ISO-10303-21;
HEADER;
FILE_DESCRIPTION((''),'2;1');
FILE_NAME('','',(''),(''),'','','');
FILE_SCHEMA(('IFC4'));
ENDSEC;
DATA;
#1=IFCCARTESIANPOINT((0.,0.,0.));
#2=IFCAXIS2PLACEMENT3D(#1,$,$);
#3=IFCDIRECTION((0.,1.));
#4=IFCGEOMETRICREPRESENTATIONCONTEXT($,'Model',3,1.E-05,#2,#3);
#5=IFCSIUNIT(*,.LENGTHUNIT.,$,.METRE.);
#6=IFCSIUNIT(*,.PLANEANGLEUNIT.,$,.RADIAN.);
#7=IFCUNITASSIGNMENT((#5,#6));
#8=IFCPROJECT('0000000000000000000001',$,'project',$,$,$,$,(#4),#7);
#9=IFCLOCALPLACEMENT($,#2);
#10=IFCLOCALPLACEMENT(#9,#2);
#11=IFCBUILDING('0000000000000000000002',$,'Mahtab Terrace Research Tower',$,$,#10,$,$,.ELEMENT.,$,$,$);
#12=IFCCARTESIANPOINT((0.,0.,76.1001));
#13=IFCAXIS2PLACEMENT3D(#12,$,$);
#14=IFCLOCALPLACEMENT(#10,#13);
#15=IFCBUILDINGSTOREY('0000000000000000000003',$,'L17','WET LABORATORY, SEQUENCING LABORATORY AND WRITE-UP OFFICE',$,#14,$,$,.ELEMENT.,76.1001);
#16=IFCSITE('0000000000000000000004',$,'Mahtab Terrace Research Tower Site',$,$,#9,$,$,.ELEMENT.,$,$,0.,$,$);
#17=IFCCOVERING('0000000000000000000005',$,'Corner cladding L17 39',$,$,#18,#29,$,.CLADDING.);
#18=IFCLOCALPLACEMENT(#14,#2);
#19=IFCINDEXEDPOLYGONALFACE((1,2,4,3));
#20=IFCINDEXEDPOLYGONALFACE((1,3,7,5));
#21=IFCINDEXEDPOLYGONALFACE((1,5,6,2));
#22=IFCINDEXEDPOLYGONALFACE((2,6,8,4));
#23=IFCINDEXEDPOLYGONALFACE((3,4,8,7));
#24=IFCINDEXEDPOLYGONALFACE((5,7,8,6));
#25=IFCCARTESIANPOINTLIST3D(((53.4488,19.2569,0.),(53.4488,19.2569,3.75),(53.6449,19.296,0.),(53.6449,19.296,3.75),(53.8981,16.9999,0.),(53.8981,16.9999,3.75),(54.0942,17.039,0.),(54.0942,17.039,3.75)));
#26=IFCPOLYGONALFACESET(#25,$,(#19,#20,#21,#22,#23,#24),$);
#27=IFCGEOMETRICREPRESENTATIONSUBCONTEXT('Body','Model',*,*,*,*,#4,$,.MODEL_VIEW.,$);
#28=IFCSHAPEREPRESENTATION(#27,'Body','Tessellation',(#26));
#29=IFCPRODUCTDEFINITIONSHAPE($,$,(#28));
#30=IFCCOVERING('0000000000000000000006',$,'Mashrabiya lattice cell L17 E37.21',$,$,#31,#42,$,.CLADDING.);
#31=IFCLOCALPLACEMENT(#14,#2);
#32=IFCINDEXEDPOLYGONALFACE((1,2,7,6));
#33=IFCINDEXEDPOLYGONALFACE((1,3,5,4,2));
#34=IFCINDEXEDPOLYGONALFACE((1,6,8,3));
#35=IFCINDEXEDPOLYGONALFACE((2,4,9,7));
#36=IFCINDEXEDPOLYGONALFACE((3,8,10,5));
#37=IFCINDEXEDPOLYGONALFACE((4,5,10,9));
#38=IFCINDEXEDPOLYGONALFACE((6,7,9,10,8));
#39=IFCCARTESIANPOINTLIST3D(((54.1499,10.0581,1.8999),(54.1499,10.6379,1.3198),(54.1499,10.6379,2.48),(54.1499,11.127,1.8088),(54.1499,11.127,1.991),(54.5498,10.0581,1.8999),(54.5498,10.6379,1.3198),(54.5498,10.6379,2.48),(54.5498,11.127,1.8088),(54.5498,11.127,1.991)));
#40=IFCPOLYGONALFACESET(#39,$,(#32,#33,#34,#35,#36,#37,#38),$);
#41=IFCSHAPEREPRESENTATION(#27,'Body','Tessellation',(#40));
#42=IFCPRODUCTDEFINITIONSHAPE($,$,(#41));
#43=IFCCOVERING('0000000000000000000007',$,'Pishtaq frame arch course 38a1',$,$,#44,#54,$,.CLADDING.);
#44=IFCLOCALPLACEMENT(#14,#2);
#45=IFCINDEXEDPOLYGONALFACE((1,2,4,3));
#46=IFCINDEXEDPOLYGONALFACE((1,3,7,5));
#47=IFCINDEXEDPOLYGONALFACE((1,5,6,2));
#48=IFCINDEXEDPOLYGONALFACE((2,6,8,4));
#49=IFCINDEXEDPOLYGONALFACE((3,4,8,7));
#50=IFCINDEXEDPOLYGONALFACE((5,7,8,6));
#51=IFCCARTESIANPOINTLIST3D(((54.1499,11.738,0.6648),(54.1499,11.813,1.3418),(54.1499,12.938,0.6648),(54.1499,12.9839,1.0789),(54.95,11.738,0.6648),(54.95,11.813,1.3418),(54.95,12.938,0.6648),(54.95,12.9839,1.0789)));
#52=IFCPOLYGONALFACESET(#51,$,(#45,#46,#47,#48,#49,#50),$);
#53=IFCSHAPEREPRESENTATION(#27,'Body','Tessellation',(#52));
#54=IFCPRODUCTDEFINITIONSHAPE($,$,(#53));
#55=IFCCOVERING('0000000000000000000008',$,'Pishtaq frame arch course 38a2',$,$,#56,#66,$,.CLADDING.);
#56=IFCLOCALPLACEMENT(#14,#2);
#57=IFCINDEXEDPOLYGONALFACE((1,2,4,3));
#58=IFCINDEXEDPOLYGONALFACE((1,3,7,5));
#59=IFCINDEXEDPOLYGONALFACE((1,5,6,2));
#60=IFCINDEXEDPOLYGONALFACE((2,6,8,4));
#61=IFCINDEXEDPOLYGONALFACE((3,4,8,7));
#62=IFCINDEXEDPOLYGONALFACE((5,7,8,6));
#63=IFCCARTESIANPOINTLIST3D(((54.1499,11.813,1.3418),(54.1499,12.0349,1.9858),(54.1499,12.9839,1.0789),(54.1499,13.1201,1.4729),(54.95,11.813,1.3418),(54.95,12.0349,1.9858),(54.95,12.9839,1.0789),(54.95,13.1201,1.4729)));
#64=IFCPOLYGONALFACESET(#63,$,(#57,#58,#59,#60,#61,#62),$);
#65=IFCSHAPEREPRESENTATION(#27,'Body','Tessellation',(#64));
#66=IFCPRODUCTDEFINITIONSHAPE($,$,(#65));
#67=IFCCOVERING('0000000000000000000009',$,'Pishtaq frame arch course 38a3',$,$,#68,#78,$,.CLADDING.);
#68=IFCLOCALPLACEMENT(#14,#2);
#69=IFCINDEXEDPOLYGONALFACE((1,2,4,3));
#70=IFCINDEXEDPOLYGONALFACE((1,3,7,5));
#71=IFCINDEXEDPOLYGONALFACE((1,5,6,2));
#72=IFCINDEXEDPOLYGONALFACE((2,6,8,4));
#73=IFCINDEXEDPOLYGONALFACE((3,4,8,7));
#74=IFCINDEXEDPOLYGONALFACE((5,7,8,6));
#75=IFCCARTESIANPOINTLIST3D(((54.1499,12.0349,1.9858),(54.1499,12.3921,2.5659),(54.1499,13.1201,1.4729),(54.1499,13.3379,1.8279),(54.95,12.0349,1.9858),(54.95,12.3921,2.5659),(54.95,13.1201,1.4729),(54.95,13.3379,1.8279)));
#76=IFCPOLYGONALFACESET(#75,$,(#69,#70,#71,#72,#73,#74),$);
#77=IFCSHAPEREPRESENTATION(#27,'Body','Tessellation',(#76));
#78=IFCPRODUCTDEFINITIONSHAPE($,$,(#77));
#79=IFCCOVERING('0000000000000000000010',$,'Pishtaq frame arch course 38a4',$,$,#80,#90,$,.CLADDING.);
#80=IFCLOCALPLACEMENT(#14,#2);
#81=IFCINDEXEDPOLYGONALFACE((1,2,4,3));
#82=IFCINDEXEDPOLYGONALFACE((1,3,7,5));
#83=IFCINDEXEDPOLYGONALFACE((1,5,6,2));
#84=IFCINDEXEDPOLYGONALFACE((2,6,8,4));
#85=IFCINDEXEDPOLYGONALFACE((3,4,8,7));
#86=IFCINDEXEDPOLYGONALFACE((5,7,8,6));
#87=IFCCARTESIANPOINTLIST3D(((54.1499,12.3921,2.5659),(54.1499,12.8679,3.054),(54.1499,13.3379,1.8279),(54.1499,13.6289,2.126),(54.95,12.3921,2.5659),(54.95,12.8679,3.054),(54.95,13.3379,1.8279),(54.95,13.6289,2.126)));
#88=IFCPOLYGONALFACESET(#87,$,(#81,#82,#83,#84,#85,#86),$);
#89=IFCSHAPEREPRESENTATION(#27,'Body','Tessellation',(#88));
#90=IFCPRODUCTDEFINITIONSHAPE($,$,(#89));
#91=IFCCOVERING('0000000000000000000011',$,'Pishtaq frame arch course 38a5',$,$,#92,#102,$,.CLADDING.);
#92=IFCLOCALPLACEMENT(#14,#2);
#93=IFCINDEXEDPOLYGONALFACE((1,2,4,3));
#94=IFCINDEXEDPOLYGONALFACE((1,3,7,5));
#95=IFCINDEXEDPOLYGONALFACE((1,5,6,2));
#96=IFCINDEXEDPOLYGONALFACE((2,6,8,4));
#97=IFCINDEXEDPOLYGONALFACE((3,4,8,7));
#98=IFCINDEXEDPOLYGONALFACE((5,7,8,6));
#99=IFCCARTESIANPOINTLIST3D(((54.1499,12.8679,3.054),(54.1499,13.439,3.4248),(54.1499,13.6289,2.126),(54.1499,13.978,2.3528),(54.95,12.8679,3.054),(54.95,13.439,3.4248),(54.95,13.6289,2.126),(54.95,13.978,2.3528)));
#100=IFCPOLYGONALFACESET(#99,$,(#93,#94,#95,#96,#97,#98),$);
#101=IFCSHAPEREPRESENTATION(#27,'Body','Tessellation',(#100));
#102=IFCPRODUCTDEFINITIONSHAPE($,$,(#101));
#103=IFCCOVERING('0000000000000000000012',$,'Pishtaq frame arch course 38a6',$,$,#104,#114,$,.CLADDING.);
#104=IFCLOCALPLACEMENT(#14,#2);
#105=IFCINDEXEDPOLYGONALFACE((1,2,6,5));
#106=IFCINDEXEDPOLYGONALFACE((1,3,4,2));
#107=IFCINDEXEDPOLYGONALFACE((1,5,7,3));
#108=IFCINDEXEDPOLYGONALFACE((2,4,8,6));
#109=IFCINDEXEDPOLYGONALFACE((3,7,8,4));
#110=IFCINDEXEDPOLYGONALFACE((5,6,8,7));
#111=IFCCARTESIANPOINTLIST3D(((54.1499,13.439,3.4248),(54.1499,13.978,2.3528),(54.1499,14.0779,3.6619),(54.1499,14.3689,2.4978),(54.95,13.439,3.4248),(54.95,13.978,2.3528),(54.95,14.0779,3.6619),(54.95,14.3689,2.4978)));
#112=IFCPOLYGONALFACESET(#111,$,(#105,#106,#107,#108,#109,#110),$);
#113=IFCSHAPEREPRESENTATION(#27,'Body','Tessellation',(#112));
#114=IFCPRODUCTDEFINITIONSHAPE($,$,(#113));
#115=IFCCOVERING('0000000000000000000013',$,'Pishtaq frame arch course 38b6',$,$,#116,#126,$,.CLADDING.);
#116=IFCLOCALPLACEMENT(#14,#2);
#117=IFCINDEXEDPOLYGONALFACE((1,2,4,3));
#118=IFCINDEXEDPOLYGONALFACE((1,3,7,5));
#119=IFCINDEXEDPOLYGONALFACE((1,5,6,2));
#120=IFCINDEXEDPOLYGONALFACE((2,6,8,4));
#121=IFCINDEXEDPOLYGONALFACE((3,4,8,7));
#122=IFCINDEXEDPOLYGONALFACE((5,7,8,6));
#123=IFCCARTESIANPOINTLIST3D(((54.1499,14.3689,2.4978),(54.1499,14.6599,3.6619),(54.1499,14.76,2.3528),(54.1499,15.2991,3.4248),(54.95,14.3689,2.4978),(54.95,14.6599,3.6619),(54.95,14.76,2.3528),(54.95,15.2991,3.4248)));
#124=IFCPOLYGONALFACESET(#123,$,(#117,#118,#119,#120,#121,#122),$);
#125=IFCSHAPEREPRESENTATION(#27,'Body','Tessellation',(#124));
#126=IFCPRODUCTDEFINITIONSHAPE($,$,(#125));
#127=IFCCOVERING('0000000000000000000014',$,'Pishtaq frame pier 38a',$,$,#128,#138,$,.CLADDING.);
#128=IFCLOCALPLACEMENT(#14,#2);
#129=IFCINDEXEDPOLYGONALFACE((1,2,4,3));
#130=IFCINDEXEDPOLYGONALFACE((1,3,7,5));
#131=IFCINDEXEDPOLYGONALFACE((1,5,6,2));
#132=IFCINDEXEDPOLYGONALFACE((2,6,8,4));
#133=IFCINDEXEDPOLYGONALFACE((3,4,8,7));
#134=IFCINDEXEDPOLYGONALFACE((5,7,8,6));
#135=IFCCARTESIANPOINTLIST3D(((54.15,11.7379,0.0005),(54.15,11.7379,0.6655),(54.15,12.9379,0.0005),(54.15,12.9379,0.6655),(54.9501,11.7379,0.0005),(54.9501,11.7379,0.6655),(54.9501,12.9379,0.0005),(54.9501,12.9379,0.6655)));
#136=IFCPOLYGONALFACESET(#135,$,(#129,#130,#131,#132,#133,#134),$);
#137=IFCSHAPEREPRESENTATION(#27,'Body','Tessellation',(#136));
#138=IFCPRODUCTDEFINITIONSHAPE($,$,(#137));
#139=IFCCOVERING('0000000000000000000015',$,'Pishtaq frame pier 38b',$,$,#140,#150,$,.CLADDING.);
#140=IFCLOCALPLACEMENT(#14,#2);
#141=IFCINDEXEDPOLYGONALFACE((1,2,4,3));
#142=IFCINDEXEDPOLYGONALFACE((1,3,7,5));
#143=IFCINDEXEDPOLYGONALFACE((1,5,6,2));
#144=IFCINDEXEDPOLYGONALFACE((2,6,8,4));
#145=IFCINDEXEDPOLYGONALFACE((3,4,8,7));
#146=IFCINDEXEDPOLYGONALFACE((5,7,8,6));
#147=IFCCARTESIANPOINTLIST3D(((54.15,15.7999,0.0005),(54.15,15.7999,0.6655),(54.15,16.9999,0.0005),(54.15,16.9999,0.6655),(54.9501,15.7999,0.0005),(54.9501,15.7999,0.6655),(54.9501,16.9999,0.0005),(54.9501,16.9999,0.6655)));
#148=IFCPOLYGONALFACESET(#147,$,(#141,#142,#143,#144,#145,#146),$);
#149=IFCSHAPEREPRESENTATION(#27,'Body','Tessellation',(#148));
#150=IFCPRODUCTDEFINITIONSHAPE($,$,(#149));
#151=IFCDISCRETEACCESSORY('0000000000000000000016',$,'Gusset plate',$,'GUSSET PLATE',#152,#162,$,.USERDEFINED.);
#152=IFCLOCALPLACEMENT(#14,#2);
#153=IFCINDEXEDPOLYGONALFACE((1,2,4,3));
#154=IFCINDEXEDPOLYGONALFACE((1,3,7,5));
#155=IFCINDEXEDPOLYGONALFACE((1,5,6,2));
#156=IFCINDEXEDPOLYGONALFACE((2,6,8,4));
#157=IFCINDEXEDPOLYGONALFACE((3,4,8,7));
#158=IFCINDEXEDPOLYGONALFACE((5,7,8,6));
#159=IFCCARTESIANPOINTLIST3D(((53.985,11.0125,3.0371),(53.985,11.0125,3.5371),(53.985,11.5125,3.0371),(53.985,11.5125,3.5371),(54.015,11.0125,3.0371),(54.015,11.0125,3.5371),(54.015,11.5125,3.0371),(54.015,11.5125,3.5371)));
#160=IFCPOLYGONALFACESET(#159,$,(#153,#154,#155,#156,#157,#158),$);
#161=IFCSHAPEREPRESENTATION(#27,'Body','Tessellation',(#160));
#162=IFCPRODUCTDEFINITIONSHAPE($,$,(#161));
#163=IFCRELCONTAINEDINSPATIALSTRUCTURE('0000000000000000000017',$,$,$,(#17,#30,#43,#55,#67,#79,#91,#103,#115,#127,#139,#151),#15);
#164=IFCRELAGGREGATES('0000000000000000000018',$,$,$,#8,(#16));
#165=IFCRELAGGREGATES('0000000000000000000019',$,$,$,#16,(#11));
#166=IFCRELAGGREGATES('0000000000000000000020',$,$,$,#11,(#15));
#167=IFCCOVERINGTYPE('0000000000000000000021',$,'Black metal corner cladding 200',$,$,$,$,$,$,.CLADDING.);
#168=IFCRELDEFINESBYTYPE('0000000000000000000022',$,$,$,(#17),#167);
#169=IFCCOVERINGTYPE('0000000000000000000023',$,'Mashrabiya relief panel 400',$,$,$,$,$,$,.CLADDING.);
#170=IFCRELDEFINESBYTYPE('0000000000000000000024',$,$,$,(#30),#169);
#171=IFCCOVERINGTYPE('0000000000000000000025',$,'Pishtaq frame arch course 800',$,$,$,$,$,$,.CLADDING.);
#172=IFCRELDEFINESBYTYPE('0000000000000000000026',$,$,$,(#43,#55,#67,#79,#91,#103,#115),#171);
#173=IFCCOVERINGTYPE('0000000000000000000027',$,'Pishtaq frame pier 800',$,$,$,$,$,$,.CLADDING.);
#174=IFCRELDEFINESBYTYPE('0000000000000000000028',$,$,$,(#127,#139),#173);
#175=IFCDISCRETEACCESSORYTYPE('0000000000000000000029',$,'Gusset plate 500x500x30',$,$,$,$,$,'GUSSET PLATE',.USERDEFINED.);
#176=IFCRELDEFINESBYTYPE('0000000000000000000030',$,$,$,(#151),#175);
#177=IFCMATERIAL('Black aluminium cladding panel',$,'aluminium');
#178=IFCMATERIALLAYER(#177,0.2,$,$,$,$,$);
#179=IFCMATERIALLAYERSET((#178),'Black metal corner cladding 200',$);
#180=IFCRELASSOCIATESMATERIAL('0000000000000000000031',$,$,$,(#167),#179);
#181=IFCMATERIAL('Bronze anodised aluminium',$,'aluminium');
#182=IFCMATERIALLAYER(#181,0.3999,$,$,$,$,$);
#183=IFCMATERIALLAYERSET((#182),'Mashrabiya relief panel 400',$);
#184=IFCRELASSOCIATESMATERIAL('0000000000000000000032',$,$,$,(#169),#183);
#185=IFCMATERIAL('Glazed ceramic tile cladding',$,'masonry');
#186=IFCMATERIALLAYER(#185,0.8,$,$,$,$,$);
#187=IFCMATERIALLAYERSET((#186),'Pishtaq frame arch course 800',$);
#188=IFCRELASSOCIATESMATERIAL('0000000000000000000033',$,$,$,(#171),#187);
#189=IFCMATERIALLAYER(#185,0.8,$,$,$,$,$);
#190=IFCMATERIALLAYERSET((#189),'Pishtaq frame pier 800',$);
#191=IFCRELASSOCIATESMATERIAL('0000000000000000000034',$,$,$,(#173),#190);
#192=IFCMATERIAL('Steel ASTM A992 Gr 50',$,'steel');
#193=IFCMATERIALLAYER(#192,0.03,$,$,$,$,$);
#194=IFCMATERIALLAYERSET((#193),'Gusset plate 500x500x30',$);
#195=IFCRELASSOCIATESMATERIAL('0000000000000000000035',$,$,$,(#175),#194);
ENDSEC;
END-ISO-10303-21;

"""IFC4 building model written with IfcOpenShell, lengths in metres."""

from ifc_helpers import new_model, si_unit, direction, frame, origin, origin_2d, place, context, subcontext, project, spatial, polyline, rectangle, outline, extrude, material, layer, layer_set, type_object, element, save


model = new_model("IFC4")

# Units and contexts
model_context = context("Model", 3, precision=1e-05, world=origin(), true_north=direction((0.0, 1.0)))
body_context = subcontext(model_context, "Body", "Model", "MODEL_VIEW")
ifc_project = project(units=[si_unit("LENGTHUNIT", "METRE"), si_unit("PLANEANGLEUNIT", "RADIAN")], contexts=[model_context])

# Site, building, storey
site_placement = place(None, origin())
site = spatial("IfcSite", under=ifc_project, at=site_placement, Name="Mahtab Terrace Research Tower Site", CompositionType="ELEMENT", RefElevation=0.0)
building_placement = place(site_placement, origin())
building = spatial("IfcBuilding", under=site, at=building_placement, Name="Mahtab Terrace Research Tower", CompositionType="ELEMENT")
storey_placement = place(building_placement, frame((0.0, 0.0, 76.1001)))
storey = spatial("IfcBuildingStorey", under=building, at=storey_placement, Name="L17", Description="WET LABORATORY, SEQUENCING LABORATORY AND WRITE-UP OFFICE", CompositionType="ELEMENT", Elevation=76.1001)

# Shared definitions
ifc_material_1 = material(Name="Steel ASTM A992 Gr 50", Category="steel")

# Shared definitions
ifc_material_2 = material(Name="Black aluminium cladding panel", Category="aluminium")

# Coverings
ifc_layer_1 = layer(ifc_material_2, 0.2)
ifc_layer_set_1 = layer_set([ifc_layer_1], Name="Black metal corner cladding 200")
covering_type_1 = type_object("IfcCoveringType", Name="Black metal corner cladding 200", PredefinedType="CLADDING", material=ifc_layer_set_1)
for number, where, z_axis, x_axis, name in (
    (1, (53.7715, 18.1479, 0.0), (0.0, 0.0, 1.0), (-0.195212, 0.980761, 0.0), "Corner cladding L17 39"),
):
    element("IfcCovering", number, at=place(storey_placement, frame(where, z_axis=z_axis, x_axis=x_axis)), inside=storey, type_object=covering_type_1, Name=name, PredefinedType="CLADDING", context=body_context, shape_type="SweptSolid", body=[
        extrude(rectangle(XDim=2.3013, YDim=0.2, at=origin_2d()), origin(), (0.0, 0.0, 1.0), 3.75),
    ])
ifc_material_3 = material(Name="Bronze anodised aluminium", Category="aluminium")
ifc_layer_2 = layer(ifc_material_3, 0.3999)
ifc_layer_set_2 = layer_set([ifc_layer_2], Name="Mashrabiya relief panel 400")
covering_type_2 = type_object("IfcCoveringType", Name="Mashrabiya relief panel 400", PredefinedType="CLADDING", material=ifc_layer_set_2)
covering_1_placement = place(storey_placement, frame((54.1499, 10.6379, 1.3198), z_axis=(-1.0, 0.0, 0.0), x_axis=(0.0, -0.706958, 0.707256)))
element("IfcCovering", 2, at=covering_1_placement, inside=storey, type_object=covering_type_2, Name="Mashrabiya lattice cell L17 E37.21", PredefinedType="CLADDING", context=body_context, shape_type="SweptSolid", body=[
    extrude(outline(polyline([(0.0, 0.0), (0.8202, 0.0), (0.8205, 0.8202), (0.129, 0.8203), (0.0001, 0.6916), (0.0, 0.0)])), origin(), (0.0, 0.0, -1.0), 0.3999),
])
ifc_material_4 = material(Name="Glazed ceramic tile cladding", Category="masonry")
ifc_layer_3 = layer(ifc_material_4, 0.8)
ifc_layer_set_3 = layer_set([ifc_layer_3], Name="Pishtaq frame arch course 800")
covering_type_3 = type_object("IfcCoveringType", Name="Pishtaq frame arch course 800", PredefinedType="CLADDING", material=ifc_layer_set_3)
covering_2_placement = place(storey_placement, frame((54.1499, 11.738, 0.6648), z_axis=(-1.0, 0.0, 0.0), x_axis=(0.0, 0.110038, 0.993927)))
element("IfcCovering", 3, at=covering_2_placement, inside=storey, type_object=covering_type_3, Name="Pishtaq frame arch course 38a1", PredefinedType="CLADDING", context=body_context, shape_type="SweptSolid", body=[
    extrude(outline(polyline([(0.0, 0.0), (0.6811, 0.0), (0.5486, 1.1927), (0.132, 1.1927), (0.0, 0.0)])), origin(), (0.0, 0.0, -1.0), 0.8),
])
covering_3_placement = place(storey_placement, frame((54.1499, 11.813, 1.3418), z_axis=(-1.0, 0.0, 0.0), x_axis=(0.0, 0.325781, 0.945445)))
element("IfcCovering", 4, at=covering_3_placement, inside=storey, type_object=covering_type_3, Name="Pishtaq frame arch course 38a2", PredefinedType="CLADDING", context=body_context, shape_type="SweptSolid", body=[
    extrude(outline(polyline([(0.0, 0.0), (0.6812, 0.0), (0.5498, 1.1931), (0.1329, 1.1927), (0.0, 0.0)])), origin(), (0.0, 0.0, -1.0), 0.8),
])
covering_4_placement = place(storey_placement, frame((54.1499, 12.0349, 1.9858), z_axis=(-1.0, 0.0, 0.0), x_axis=(0.0, 0.524317, 0.851523)))
element("IfcCovering", 5, at=covering_4_placement, inside=storey, type_object=covering_type_3, Name="Pishtaq frame arch course 38a3", PredefinedType="CLADDING", context=body_context, shape_type="SweptSolid", body=[
    extrude(outline(polyline([(0.0, 0.0), (0.6812, 0.0), (0.5487, 1.1923), (0.1322, 1.193), (0.0, 0.0)])), origin(), (0.0, 0.0, -1.0), 0.8),
])
covering_5_placement = place(storey_placement, frame((54.1499, 12.3921, 2.5659), z_axis=(-1.0, 0.0, 0.0), x_axis=(0.0, 0.698096, 0.716005)))
element("IfcCovering", 6, at=covering_5_placement, inside=storey, type_object=covering_type_3, Name="Pishtaq frame arch course 38a4", PredefinedType="CLADDING", context=body_context, shape_type="SweptSolid", body=[
    extrude(outline(polyline([(0.0, 0.0), (0.6816, 0.0), (0.5484, 1.1927), (0.1318, 1.1924), (0.0, 0.0)])), origin(), (0.0, 0.0, -1.0), 0.8),
])
covering_6_placement = place(storey_placement, frame((54.1499, 12.8679, 3.054), z_axis=(-1.0, 0.0, 0.0), x_axis=(0.0, 0.838665, 0.544648)))
element("IfcCovering", 7, at=covering_6_placement, inside=storey, type_object=covering_type_3, Name="Pishtaq frame arch course 38a5", PredefinedType="CLADDING", context=body_context, shape_type="SweptSolid", body=[
    extrude(outline(polyline([(0.0, 0.0), (0.6809, 0.0), (0.5491, 1.1927), (0.1328, 1.1927), (0.0, 0.0)])), origin(), (0.0, 0.0, -1.0), 0.8),
])
covering_7_placement = place(storey_placement, frame((54.1499, 13.439, 3.4248), z_axis=(-1.0, 0.0, 0.0), x_axis=(0.0, 0.937545, 0.347863)))
element("IfcCovering", 8, at=covering_7_placement, inside=storey, type_object=covering_type_3, Name="Pishtaq frame arch course 38a6", PredefinedType="CLADDING", context=body_context, shape_type="SweptSolid", body=[
    extrude(outline(polyline([(0.0, 0.0), (0.6815, 0.0), (0.5494, 1.1926), (0.1325, 1.1926), (0.0, 0.0)])), origin(), (0.0, 0.0, -1.0), 0.8),
])
covering_8_placement = place(storey_placement, frame((54.1499, 14.76, 2.3528), z_axis=(-1.0, 0.0, 0.0), x_axis=(0.0, -0.937622, 0.347657)))
element("IfcCovering", 9, at=covering_8_placement, inside=storey, type_object=covering_type_3, Name="Pishtaq frame arch course 38b6", PredefinedType="CLADDING", context=body_context, shape_type="SweptSolid", body=[
    extrude(outline(polyline([(0.0, 0.0), (0.4171, 0.0), (0.549, 1.1926), (-0.1327, 1.1926), (0.0, 0.0)])), origin(), (0.0, 0.0, -1.0), 0.8),
])
ifc_layer_4 = layer(ifc_material_4, 0.8)
ifc_layer_set_4 = layer_set([ifc_layer_4], Name="Pishtaq frame pier 800")
covering_type_4 = type_object("IfcCoveringType", Name="Pishtaq frame pier 800", PredefinedType="CLADDING", material=ifc_layer_set_4)
for number, where, z_axis, x_axis, name in (
    (10, (54.55, 12.3379, 0.0005), (0.0, 0.0, 1.0), (0.0, 1.0, 0.0), "Pishtaq frame pier 38a"),
    (11, (54.55, 16.3999, 0.0005), (0.0, 0.0, 1.0), (0.0, 1.0, 0.0), "Pishtaq frame pier 38b"),
):
    element("IfcCovering", number, at=place(storey_placement, frame(where, z_axis=z_axis, x_axis=x_axis)), inside=storey, type_object=covering_type_4, Name=name, PredefinedType="CLADDING", context=body_context, shape_type="SweptSolid", body=[
        extrude(rectangle(XDim=1.2, YDim=0.8, at=origin_2d()), origin(), (0.0, 0.0, 1.0), 0.665),
    ])

# Discrete accessory
ifc_layer_5 = layer(ifc_material_1, 0.03)
ifc_layer_set_5 = layer_set([ifc_layer_5], Name="Gusset plate 500x500x30")
discrete_accessory_type = type_object("IfcDiscreteAccessoryType", Name="Gusset plate 500x500x30", ElementType="GUSSET PLATE", PredefinedType="USERDEFINED", material=ifc_layer_set_5)
discrete_accessory_placement = place(storey_placement, frame((54.0, 11.2625, 3.0371), z_axis=(0.0, 0.0, 1.0), x_axis=(0.0, 1.0, 0.0)))
element("IfcDiscreteAccessory", 12, at=discrete_accessory_placement, inside=storey, type_object=discrete_accessory_type, Name="Gusset plate", ObjectType="GUSSET PLATE", PredefinedType="USERDEFINED", context=body_context, shape_type="SweptSolid", body=[
    extrude(rectangle(XDim=0.5, YDim=0.03, at=origin_2d()), origin(), (0.0, 0.0, 1.0), 0.5),
])

save(model, "model.ifc")
